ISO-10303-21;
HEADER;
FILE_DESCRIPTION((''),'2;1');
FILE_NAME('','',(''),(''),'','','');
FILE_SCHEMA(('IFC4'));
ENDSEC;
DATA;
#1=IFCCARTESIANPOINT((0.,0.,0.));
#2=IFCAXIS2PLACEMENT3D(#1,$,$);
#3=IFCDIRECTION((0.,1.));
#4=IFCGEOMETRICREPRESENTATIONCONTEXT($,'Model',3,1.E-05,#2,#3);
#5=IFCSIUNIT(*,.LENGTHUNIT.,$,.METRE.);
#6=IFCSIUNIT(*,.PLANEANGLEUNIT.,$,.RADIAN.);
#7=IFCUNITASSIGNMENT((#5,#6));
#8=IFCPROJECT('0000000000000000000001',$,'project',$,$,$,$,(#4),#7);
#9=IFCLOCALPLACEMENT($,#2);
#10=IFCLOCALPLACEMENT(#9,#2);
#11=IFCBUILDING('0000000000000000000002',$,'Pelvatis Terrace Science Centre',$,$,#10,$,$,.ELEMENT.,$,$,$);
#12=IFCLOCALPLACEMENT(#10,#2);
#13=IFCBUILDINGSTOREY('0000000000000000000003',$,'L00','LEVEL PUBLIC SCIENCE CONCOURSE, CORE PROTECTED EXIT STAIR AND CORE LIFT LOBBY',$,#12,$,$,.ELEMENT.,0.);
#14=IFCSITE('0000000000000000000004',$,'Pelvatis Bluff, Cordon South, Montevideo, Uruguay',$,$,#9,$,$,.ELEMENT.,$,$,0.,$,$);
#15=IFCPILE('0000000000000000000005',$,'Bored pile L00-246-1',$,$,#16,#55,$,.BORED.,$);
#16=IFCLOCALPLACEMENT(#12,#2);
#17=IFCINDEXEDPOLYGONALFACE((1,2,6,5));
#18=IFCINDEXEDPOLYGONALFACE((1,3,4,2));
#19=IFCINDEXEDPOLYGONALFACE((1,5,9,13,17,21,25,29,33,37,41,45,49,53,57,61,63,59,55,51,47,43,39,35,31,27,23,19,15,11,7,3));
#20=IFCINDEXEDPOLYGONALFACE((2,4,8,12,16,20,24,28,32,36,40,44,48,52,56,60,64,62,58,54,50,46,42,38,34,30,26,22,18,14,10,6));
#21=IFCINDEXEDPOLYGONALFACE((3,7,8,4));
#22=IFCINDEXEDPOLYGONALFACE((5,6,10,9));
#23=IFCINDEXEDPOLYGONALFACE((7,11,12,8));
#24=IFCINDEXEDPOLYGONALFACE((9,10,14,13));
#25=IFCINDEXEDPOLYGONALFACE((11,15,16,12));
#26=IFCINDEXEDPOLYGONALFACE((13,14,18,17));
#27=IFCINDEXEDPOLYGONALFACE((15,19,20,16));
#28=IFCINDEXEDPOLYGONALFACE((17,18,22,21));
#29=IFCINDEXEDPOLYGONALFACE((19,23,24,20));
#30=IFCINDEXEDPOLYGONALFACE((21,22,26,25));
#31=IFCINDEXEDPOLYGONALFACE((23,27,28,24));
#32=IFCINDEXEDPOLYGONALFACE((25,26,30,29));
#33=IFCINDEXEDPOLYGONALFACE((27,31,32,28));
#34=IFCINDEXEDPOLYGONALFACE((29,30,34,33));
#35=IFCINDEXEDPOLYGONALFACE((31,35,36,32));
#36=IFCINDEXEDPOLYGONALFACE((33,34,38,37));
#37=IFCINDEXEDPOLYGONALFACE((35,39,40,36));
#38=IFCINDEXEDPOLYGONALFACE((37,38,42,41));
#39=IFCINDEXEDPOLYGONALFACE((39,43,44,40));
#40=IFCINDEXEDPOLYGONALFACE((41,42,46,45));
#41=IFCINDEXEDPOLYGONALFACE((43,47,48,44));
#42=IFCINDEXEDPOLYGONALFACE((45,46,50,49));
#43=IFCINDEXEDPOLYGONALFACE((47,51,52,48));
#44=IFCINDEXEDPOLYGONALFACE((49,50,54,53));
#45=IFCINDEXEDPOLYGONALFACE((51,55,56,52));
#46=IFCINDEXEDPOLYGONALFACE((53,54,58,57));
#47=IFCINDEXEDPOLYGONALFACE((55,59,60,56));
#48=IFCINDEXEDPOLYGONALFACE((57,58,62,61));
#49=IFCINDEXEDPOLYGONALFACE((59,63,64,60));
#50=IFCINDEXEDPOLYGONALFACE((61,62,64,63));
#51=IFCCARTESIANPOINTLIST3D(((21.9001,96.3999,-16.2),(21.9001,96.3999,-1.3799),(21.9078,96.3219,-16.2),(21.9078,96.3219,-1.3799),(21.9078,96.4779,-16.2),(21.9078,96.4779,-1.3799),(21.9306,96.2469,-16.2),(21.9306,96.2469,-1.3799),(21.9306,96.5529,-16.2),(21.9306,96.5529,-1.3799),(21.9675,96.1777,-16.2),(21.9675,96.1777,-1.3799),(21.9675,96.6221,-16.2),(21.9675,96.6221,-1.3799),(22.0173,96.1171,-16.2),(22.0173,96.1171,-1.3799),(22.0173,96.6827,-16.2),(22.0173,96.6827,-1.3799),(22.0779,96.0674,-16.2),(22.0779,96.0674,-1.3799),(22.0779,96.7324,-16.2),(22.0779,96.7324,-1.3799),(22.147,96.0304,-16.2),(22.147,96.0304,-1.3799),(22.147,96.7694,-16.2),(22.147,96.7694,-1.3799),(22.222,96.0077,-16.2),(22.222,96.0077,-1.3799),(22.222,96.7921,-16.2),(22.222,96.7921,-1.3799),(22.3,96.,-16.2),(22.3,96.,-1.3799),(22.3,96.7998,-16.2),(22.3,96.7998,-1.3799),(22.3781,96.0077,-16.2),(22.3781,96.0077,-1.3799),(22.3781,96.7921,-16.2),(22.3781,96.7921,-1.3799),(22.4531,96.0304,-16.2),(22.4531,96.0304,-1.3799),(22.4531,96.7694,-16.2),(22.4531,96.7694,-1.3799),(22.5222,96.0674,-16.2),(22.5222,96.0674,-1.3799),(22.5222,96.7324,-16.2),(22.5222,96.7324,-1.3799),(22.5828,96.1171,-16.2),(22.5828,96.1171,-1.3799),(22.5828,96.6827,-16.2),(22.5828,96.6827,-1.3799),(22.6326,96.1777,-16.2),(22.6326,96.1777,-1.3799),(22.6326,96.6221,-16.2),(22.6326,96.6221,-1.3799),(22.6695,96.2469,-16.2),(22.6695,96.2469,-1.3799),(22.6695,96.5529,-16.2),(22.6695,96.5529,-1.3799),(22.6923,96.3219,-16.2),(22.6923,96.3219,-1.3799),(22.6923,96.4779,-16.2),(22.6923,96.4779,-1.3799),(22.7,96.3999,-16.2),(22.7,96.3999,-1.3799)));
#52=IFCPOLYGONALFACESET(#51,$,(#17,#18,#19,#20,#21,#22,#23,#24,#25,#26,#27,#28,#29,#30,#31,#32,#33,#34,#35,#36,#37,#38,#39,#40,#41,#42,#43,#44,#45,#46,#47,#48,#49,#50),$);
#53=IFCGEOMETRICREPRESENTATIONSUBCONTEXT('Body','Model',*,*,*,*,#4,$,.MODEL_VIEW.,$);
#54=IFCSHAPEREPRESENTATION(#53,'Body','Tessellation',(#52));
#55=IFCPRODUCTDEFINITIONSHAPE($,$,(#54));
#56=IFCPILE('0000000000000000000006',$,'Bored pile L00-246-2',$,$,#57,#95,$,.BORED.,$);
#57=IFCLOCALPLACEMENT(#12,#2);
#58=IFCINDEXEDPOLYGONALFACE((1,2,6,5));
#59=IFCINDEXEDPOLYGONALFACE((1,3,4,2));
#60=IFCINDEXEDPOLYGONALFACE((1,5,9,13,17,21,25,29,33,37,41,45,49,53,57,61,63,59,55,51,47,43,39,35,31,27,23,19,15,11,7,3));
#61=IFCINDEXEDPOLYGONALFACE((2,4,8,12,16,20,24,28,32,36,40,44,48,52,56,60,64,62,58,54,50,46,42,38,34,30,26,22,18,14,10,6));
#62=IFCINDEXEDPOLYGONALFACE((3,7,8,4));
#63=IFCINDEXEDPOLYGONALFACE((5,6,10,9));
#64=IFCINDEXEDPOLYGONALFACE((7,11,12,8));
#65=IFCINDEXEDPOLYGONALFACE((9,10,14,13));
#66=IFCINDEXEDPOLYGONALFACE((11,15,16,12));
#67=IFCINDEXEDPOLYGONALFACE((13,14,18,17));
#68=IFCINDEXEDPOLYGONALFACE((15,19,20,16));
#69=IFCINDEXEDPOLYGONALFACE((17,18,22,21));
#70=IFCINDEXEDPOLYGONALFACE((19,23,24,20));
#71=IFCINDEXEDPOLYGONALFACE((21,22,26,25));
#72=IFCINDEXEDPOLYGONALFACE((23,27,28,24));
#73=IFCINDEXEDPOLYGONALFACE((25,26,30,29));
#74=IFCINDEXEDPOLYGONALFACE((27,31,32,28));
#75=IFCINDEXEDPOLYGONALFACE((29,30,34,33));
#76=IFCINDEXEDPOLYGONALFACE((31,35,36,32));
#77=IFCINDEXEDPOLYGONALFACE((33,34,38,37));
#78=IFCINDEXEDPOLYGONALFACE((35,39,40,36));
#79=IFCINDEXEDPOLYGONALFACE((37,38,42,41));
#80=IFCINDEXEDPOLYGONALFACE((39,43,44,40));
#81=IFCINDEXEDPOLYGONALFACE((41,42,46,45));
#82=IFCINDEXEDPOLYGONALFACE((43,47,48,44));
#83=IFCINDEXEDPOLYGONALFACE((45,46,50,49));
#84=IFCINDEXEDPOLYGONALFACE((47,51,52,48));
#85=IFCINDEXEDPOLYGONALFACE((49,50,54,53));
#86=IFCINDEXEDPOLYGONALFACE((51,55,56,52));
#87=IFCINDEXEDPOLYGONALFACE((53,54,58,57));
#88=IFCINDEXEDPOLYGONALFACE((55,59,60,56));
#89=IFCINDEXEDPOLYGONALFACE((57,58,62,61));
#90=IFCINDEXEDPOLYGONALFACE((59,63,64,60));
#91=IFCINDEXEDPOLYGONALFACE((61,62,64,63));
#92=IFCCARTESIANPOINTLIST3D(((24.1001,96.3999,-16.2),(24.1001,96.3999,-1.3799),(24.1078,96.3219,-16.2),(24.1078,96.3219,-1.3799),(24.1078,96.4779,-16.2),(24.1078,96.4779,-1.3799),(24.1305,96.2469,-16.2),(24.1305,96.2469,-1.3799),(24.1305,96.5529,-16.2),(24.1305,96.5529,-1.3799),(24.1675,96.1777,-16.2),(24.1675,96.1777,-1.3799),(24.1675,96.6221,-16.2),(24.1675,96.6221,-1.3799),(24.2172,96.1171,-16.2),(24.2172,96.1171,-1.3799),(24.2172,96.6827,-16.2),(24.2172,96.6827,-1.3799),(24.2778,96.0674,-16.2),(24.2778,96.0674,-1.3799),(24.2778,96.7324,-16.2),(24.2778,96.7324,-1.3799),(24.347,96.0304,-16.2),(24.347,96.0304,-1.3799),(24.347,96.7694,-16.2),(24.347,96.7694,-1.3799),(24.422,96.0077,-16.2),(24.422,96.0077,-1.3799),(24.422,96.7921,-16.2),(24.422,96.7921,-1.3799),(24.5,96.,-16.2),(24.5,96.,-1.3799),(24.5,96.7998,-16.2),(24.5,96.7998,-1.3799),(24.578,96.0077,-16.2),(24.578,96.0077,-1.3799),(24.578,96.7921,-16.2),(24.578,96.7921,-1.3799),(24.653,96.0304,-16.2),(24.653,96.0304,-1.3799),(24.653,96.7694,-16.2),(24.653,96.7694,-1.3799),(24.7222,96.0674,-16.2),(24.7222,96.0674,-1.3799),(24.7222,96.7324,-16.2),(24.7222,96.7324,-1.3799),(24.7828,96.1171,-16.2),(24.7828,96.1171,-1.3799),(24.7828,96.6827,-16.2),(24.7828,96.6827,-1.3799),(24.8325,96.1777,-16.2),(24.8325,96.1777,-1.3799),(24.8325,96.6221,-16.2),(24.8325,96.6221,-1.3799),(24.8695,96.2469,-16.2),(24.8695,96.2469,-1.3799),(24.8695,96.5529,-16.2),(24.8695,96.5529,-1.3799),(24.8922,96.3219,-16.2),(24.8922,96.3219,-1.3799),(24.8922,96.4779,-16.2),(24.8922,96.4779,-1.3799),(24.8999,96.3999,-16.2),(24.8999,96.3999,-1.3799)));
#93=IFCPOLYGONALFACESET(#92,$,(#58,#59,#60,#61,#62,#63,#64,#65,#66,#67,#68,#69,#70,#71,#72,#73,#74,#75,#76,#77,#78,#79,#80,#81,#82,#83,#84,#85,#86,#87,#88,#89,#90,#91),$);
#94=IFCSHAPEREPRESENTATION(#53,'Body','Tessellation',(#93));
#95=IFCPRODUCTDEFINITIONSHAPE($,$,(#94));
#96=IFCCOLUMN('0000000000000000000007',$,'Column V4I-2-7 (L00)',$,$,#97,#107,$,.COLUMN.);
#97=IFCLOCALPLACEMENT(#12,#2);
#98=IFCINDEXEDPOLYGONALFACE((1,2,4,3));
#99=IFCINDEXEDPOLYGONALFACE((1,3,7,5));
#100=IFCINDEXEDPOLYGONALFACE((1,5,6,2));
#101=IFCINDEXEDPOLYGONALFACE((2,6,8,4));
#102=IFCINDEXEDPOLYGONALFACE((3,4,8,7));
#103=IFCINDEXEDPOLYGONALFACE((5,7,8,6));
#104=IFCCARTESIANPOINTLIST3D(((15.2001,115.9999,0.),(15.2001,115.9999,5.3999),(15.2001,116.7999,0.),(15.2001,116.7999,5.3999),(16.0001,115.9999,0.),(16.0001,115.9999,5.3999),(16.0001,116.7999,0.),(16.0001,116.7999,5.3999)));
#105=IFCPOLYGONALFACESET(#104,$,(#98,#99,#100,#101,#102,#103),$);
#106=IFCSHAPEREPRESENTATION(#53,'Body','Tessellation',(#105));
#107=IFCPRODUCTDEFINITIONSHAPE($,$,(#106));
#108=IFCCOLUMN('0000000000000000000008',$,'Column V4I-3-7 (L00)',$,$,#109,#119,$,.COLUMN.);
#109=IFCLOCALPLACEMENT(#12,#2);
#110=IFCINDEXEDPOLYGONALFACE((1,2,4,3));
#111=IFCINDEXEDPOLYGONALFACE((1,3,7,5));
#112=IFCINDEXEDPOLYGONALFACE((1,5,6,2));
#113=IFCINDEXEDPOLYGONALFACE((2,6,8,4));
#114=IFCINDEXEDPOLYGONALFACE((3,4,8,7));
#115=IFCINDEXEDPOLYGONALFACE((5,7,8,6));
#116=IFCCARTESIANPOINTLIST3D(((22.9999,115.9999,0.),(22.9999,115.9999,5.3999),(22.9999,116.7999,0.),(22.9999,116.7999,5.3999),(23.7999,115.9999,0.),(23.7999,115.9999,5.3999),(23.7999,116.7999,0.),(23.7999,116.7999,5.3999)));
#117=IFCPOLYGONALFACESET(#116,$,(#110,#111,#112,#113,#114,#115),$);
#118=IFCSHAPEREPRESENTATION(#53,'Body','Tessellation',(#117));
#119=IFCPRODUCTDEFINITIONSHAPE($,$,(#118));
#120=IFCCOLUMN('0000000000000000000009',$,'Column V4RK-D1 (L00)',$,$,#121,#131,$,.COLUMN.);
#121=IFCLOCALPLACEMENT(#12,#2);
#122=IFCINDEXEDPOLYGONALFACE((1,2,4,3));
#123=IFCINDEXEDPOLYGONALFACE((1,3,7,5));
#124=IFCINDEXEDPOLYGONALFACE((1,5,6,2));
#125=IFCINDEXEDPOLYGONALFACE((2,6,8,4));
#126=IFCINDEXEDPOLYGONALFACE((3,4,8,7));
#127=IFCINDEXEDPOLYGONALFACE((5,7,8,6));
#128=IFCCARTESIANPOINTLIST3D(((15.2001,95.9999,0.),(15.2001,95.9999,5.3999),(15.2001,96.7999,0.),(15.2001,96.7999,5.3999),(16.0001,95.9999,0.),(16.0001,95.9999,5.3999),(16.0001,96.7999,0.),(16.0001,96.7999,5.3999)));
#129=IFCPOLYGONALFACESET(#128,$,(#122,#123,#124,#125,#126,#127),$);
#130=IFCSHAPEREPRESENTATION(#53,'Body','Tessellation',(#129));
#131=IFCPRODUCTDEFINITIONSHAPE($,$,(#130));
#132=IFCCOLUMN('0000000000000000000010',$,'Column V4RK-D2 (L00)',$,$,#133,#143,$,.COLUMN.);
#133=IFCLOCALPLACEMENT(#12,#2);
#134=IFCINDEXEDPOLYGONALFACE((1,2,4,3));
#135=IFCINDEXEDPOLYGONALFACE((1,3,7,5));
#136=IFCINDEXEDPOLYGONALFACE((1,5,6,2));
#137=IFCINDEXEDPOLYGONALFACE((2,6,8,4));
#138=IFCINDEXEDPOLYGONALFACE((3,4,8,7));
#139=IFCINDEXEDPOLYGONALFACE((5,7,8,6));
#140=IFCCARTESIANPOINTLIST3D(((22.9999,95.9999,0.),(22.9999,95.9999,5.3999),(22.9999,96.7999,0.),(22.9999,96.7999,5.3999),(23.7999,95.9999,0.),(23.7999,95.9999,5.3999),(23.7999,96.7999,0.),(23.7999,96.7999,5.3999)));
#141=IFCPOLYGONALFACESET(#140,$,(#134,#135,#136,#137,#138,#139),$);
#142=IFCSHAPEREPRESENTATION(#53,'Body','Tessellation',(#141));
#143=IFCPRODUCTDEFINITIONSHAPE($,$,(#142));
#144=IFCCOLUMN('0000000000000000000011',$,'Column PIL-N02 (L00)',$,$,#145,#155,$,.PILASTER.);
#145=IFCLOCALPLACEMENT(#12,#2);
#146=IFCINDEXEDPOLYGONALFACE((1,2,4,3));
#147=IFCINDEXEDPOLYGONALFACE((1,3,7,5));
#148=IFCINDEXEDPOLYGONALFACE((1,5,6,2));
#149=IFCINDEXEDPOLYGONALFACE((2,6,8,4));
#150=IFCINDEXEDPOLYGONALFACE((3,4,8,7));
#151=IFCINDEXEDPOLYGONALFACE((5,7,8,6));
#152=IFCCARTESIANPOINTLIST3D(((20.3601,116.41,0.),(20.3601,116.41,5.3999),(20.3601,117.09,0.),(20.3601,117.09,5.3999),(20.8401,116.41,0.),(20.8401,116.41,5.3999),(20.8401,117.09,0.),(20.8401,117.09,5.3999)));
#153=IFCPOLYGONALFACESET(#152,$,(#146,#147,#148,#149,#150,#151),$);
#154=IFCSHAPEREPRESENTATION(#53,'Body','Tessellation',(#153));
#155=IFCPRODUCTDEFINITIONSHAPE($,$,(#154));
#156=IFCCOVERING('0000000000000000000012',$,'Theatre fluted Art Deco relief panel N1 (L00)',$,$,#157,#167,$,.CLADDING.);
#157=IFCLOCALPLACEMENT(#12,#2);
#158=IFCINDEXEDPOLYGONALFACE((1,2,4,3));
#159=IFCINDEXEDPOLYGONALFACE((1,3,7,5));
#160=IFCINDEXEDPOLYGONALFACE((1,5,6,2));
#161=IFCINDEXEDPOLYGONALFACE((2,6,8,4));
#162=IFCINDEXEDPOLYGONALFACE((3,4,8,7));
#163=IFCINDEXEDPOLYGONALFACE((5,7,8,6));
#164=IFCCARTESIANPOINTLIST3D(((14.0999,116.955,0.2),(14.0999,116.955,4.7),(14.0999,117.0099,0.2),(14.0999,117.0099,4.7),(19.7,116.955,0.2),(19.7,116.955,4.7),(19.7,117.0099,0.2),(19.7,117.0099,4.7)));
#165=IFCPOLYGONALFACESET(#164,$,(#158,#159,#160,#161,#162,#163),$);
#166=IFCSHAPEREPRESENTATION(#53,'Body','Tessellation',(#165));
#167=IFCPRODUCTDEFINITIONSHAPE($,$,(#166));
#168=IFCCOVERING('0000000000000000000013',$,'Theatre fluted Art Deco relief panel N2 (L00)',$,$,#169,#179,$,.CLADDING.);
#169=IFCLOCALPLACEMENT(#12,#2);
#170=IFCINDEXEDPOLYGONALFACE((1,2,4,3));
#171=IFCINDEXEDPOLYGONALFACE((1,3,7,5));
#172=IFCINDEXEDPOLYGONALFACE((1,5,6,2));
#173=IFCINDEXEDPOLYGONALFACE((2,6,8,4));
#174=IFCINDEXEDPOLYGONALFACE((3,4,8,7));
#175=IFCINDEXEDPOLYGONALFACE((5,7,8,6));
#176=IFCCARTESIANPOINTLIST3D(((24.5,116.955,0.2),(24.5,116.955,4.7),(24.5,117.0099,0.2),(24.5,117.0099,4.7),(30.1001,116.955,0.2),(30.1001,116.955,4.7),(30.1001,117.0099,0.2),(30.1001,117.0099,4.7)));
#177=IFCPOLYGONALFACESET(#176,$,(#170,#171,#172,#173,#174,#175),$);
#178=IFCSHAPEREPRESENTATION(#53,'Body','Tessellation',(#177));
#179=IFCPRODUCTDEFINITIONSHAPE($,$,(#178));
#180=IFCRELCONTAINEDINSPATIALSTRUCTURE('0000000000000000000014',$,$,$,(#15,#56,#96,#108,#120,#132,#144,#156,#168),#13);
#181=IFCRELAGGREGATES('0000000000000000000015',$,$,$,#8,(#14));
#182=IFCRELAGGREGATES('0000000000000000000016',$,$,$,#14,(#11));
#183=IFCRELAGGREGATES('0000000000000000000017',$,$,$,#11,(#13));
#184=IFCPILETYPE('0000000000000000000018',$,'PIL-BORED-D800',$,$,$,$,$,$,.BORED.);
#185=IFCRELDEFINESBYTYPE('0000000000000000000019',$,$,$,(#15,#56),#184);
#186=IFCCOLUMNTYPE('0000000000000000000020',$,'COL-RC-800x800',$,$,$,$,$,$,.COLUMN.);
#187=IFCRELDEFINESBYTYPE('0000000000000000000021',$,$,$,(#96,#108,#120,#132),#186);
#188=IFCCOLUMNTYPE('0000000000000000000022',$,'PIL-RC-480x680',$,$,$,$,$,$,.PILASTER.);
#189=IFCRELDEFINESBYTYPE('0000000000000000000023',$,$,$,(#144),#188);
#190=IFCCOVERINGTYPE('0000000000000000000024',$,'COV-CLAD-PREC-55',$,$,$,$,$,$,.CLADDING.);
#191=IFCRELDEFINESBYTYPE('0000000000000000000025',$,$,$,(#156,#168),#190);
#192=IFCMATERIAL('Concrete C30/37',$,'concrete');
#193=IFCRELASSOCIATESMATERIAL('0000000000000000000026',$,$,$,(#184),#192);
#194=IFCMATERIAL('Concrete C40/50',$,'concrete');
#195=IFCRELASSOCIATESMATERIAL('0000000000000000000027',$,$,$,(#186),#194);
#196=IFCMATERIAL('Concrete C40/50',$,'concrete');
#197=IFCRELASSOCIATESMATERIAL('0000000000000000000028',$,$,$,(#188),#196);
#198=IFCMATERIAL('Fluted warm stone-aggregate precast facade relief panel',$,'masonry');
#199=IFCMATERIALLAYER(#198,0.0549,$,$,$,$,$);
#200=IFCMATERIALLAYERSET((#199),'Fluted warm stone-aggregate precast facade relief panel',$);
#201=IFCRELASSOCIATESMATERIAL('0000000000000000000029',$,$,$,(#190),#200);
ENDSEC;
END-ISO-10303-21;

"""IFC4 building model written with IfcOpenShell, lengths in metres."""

from ifc_helpers import new_model, si_unit, direction, frame, origin, origin_2d, place, context, subcontext, project, spatial, rectangle, circle, extrude, material, layer, layer_set, material_profile, profile_set, type_object, element, save


model = new_model("IFC4")

# Units and contexts
model_context = context("Model", 3, precision=1e-05, world=origin(), true_north=direction((0.0, 1.0)))
body_context = subcontext(model_context, "Body", "Model", "MODEL_VIEW")
ifc_project = project(units=[si_unit("LENGTHUNIT", "METRE"), si_unit("PLANEANGLEUNIT", "RADIAN")], contexts=[model_context])

# Site, building, storey
site_placement = place(None, origin())
site = spatial("IfcSite", under=ifc_project, at=site_placement, Name="Pelvatis Bluff, Cordon South, Montevideo, Uruguay", CompositionType="ELEMENT", RefElevation=0.0)
building_placement = place(site_placement, origin())
building = spatial("IfcBuilding", under=site, at=building_placement, Name="Pelvatis Terrace Science Centre", CompositionType="ELEMENT")
storey_placement = place(building_placement, origin())
storey = spatial("IfcBuildingStorey", under=building, at=storey_placement, Name="L00", Description="LEVEL PUBLIC SCIENCE CONCOURSE, CORE PROTECTED EXIT STAIR AND CORE LIFT LOBBY", CompositionType="ELEMENT", Elevation=0.0)

# Piles
ifc_material_1 = material(Name="Concrete C30/37", Category="concrete")
ifc_material_profile_1 = material_profile(ifc_material_1, circle(Radius=0.3999, at=origin_2d()), Name="PILE D800")
ifc_profile_set_1 = profile_set([ifc_material_profile_1], Name="Concrete C30/37")
pile_type = type_object("IfcPileType", Name="PIL-BORED-D800", PredefinedType="BORED", material=ifc_profile_set_1)
for number, where, z_axis, x_axis, name in (
    (1, (22.3, 96.3999, -1.3799), (0.0, 0.0, -1.0), (1.0, 0.0, 0.0), "Bored pile L00-246-1"),
    (2, (24.5, 96.3999, -1.3799), (0.0, 0.0, -1.0), (1.0, 0.0, 0.0), "Bored pile L00-246-2"),
):
    element("IfcPile", number, at=place(storey_placement, frame(where, z_axis=z_axis, x_axis=x_axis)), inside=storey, type_object=pile_type, Name=name, PredefinedType="BORED", context=body_context, shape_type="SweptSolid", body=[
        extrude(circle(Radius=0.3999, at=origin_2d()), origin(), (0.0, 0.0, 1.0), 14.8201),
    ])

# Columns
ifc_material_2 = material(Name="Concrete C40/50", Category="concrete")
ifc_material_profile_2 = material_profile(ifc_material_2, rectangle(XDim=0.8, YDim=0.8, at=origin_2d()), Name="RC-COL 800x800")
ifc_profile_set_2 = profile_set([ifc_material_profile_2], Name="Concrete C40/50")
column_type_1 = type_object("IfcColumnType", Name="COL-RC-800x800", PredefinedType="COLUMN", material=ifc_profile_set_2)
for number, where, z_axis, x_axis, name in (
    (3, (15.6001, 116.3999, 0.0), (0.0, 0.0, 1.0), (1.0, 0.0, 0.0), "Column V4I-2-7 (L00)"),
    (4, (23.3999, 116.3999, 0.0), (0.0, 0.0, 1.0), (1.0, 0.0, 0.0), "Column V4I-3-7 (L00)"),
    (5, (15.6001, 96.3999, 0.0), (0.0, 0.0, 1.0), (1.0, 0.0, 0.0), "Column V4RK-D1 (L00)"),
    (6, (23.3999, 96.3999, 0.0), (0.0, 0.0, 1.0), (1.0, 0.0, 0.0), "Column V4RK-D2 (L00)"),
):
    element("IfcColumn", number, at=place(storey_placement, frame(where, z_axis=z_axis, x_axis=x_axis)), inside=storey, type_object=column_type_1, Name=name, PredefinedType="COLUMN", context=body_context, shape_type="SweptSolid", body=[
        extrude(rectangle(XDim=0.8, YDim=0.8, at=origin_2d()), origin(), (0.0, 0.0, 1.0), 5.3999),
    ])
ifc_material_3 = material(Name="Concrete C40/50", Category="concrete")
ifc_material_profile_3 = material_profile(ifc_material_3, rectangle(XDim=0.48, YDim=0.6799, at=origin_2d()), Name="RC-PIL 480x680")
ifc_profile_set_3 = profile_set([ifc_material_profile_3], Name="Concrete C40/50")
column_type_2 = type_object("IfcColumnType", Name="PIL-RC-480x680", PredefinedType="PILASTER", material=ifc_profile_set_3)
column_placement = place(storey_placement, frame((20.6001, 116.75, 0.0), z_axis=(0.0, 0.0, 1.0), x_axis=(1.0, 0.0, 0.0)))
element("IfcColumn", 7, at=column_placement, inside=storey, type_object=column_type_2, Name="Column PIL-N02 (L00)", PredefinedType="PILASTER", context=body_context, shape_type="SweptSolid", body=[
    extrude(rectangle(XDim=0.48, YDim=0.6799, at=origin_2d()), origin(), (0.0, 0.0, 1.0), 5.3999),
])

# Coverings
ifc_material_4 = material(Name="Fluted warm stone-aggregate precast facade relief panel", Category="masonry")
ifc_layer_1 = layer(ifc_material_4, 0.0549)
ifc_layer_set_1 = layer_set([ifc_layer_1], Name="Fluted warm stone-aggregate precast facade relief panel")
covering_type = type_object("IfcCoveringType", Name="COV-CLAD-PREC-55", PredefinedType="CLADDING", material=ifc_layer_set_1)
for number, where, z_axis, x_axis, name in (
    (8, (16.8999, 116.9824, 0.2), (0.0, 0.0, 1.0), (1.0, 0.0, 0.0), "Theatre fluted Art Deco relief panel N1 (L00)"),
    (9, (27.3, 116.9824, 0.2), (0.0, 0.0, 1.0), (1.0, 0.0, 0.0), "Theatre fluted Art Deco relief panel N2 (L00)"),
):
    element("IfcCovering", number, at=place(storey_placement, frame(where, z_axis=z_axis, x_axis=x_axis)), inside=storey, type_object=covering_type, Name=name, PredefinedType="CLADDING", context=body_context, shape_type="SweptSolid", body=[
        extrude(rectangle(XDim=5.6001, YDim=0.0549, at=origin_2d()), origin(), (0.0, 0.0, 1.0), 4.5),
    ])

save(model, "model.ifc")
